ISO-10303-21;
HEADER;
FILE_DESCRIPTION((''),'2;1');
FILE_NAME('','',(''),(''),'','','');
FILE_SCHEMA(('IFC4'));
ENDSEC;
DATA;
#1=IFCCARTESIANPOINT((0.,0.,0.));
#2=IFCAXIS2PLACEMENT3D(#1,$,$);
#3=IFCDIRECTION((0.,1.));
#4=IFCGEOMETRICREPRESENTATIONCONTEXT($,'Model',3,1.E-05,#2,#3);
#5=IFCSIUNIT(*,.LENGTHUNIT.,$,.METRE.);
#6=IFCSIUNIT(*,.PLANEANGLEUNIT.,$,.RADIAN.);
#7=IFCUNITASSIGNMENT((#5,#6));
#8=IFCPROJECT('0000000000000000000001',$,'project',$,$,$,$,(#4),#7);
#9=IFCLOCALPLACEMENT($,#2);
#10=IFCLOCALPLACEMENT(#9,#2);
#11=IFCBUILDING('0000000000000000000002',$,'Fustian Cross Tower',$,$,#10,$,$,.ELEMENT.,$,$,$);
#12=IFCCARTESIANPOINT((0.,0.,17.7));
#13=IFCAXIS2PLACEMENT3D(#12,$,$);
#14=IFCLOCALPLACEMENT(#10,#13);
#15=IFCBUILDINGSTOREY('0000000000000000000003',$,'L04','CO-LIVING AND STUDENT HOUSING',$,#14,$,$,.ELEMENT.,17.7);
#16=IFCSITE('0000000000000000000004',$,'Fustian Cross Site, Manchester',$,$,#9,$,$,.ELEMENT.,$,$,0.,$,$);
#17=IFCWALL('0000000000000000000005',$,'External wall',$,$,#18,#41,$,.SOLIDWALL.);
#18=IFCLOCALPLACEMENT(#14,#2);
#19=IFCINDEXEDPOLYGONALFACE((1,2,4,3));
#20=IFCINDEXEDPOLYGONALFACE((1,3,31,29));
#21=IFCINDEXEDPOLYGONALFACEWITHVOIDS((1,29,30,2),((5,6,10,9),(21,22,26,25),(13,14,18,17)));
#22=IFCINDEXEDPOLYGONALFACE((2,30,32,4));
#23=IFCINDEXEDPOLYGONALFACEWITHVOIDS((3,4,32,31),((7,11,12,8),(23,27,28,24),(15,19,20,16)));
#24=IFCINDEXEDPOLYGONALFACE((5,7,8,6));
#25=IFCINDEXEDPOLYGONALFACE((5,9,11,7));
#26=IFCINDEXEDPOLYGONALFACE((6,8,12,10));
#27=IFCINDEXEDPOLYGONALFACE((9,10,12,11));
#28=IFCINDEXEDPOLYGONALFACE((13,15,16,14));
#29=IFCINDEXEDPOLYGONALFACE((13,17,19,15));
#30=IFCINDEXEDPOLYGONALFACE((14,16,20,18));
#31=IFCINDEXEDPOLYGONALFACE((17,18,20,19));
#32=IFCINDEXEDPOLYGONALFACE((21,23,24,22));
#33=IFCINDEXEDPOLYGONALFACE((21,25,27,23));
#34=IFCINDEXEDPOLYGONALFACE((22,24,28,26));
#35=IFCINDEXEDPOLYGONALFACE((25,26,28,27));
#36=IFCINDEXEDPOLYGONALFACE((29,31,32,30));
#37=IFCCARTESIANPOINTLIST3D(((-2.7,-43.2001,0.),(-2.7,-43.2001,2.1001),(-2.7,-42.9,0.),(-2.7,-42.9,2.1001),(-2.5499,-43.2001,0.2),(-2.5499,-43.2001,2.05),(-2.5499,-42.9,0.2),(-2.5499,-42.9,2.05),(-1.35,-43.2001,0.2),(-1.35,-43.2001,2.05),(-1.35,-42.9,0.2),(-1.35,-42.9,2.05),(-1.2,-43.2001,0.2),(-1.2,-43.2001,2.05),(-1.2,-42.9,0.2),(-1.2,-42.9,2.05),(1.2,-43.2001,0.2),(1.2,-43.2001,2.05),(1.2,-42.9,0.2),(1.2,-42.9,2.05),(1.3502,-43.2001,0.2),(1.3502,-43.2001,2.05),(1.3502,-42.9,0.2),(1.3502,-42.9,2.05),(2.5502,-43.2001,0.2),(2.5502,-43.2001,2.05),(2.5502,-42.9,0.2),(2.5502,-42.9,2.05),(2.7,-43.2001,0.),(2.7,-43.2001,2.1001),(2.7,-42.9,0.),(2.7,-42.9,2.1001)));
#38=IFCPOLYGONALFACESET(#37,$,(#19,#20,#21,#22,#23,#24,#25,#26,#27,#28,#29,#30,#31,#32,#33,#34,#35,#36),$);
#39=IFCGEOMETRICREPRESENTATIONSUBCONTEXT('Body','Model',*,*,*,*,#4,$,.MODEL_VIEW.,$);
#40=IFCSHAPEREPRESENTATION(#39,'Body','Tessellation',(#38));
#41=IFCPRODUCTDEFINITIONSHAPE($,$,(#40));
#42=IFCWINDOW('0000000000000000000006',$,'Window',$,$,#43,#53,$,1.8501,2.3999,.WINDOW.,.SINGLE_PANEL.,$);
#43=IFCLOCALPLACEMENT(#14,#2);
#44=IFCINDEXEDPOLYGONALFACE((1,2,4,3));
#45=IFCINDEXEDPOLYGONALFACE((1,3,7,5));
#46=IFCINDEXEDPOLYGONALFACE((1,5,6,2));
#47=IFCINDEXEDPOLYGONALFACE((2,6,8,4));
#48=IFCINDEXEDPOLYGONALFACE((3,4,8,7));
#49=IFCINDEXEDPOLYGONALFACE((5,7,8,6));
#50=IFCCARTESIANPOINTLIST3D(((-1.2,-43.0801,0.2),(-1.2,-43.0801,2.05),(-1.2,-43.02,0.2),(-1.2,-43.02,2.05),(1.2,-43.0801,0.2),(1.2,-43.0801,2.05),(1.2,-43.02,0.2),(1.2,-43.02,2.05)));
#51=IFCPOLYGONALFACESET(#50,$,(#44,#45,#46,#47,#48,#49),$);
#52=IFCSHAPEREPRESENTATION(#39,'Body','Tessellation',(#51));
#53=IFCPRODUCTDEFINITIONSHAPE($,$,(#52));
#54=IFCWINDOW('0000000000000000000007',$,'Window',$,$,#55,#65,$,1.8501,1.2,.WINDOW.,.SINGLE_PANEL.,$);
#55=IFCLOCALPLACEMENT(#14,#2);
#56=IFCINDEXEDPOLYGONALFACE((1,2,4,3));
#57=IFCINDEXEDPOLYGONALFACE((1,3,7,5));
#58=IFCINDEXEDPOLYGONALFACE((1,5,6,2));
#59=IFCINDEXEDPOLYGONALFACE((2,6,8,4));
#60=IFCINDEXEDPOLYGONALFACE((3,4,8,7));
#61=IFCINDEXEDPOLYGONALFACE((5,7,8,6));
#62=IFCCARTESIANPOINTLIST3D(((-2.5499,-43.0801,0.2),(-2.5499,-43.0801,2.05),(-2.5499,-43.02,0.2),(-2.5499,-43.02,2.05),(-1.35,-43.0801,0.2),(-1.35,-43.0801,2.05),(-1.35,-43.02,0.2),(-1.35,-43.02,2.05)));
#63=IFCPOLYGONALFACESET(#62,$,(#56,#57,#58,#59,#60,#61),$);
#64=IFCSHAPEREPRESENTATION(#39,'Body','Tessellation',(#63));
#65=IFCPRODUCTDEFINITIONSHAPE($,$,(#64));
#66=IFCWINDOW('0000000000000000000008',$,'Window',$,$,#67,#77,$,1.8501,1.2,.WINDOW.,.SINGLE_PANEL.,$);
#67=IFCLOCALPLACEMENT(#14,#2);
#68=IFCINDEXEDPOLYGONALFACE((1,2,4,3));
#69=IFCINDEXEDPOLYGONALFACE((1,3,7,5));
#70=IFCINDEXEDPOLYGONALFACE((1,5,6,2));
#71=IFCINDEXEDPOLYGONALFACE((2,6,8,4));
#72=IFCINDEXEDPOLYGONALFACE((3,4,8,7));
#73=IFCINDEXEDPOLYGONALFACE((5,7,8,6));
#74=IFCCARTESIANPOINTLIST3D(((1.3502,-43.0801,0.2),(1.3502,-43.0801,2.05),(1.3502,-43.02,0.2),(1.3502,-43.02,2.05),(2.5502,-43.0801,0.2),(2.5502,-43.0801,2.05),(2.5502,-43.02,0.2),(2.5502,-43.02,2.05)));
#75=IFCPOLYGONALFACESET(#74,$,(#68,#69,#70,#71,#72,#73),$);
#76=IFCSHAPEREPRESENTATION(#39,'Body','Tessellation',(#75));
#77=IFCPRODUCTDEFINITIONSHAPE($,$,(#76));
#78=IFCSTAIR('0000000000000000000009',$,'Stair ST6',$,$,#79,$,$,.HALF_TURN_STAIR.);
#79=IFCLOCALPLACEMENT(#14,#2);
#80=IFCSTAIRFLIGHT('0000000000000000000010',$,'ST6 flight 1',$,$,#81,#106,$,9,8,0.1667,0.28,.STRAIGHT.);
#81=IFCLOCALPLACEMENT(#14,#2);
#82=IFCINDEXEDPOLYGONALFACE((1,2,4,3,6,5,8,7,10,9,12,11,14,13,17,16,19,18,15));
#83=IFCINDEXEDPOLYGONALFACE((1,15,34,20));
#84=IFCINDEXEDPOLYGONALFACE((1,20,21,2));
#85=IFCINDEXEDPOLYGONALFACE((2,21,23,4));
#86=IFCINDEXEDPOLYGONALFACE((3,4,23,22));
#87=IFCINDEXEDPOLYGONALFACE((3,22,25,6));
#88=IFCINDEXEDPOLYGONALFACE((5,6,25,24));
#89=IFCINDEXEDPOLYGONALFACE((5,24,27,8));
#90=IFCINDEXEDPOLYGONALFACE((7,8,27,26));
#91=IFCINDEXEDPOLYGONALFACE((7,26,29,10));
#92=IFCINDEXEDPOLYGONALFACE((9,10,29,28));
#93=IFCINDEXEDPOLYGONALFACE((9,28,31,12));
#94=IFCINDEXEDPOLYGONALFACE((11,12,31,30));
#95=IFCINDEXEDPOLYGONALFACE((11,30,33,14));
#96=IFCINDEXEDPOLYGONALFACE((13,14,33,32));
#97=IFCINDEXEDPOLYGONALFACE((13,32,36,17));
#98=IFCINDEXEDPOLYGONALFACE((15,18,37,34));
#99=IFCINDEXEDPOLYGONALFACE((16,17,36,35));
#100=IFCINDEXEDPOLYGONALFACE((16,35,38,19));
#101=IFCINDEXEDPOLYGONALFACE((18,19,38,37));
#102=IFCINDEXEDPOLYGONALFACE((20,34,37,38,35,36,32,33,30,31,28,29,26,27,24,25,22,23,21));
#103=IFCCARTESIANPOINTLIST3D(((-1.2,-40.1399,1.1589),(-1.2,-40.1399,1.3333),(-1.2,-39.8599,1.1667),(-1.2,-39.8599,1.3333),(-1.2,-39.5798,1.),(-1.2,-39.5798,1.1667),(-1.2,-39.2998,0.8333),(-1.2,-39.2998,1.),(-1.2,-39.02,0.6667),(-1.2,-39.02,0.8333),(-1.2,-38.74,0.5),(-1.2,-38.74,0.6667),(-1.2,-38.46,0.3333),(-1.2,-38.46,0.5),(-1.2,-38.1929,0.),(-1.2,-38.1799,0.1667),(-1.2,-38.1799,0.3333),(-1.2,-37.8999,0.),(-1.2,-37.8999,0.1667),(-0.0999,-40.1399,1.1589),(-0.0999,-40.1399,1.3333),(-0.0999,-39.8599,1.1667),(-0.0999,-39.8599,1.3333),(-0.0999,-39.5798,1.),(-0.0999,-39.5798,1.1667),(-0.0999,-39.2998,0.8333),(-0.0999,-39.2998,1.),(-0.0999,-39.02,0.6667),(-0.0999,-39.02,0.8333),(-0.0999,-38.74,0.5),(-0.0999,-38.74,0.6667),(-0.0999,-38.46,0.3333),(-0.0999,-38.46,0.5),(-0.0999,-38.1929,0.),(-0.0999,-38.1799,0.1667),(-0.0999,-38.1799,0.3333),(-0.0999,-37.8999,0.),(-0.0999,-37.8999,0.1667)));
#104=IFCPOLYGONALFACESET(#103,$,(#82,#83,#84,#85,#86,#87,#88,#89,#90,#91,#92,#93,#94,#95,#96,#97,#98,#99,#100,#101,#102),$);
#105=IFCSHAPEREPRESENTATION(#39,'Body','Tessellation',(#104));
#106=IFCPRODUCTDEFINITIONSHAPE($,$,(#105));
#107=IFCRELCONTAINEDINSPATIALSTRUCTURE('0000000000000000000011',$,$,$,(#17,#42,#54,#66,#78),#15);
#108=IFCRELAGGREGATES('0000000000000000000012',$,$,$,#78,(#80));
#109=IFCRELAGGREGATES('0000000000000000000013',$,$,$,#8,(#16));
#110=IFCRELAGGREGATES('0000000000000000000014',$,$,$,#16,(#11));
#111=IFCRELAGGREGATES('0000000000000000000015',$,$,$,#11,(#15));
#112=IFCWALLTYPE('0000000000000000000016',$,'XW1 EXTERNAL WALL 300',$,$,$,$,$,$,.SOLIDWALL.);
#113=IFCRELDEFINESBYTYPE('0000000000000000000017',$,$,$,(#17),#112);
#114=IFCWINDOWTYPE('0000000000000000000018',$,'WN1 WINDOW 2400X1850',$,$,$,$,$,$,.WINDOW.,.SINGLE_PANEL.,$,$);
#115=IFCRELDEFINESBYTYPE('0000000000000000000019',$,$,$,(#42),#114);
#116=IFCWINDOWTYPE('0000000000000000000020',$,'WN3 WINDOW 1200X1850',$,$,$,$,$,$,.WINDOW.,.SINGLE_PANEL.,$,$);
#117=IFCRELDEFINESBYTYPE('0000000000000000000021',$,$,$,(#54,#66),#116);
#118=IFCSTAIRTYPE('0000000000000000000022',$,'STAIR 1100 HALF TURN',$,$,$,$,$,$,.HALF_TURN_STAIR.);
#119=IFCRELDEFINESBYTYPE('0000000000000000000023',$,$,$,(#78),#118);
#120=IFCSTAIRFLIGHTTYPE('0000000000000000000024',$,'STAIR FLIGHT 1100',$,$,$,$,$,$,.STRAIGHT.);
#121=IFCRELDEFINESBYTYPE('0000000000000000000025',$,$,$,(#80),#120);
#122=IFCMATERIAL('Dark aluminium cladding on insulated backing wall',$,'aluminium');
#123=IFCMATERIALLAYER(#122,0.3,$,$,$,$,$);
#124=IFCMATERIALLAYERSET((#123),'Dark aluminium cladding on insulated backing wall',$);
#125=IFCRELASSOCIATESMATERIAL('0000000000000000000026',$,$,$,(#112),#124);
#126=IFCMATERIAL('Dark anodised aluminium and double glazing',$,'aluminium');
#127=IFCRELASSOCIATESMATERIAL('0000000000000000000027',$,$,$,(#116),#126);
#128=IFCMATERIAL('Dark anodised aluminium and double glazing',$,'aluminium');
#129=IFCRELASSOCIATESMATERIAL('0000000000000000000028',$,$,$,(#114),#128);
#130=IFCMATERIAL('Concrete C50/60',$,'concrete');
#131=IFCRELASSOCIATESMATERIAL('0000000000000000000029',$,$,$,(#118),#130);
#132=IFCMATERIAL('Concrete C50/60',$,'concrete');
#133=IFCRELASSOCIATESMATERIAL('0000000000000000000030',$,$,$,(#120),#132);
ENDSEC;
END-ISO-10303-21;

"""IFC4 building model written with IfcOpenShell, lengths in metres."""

from ifc_helpers import new_model, si_unit, direction, frame, frame_2d, origin, place, context, subcontext, project, spatial, polyline, rectangle, outline, extrude, material, layer, layer_set, type_object, element, fill, aggregate, save


model = new_model("IFC4")

# Units and contexts
model_context = context("Model", 3, precision=1e-05, world=origin(), true_north=direction((0.0, 1.0)))
body_context = subcontext(model_context, "Body", "Model", "MODEL_VIEW")
ifc_project = project(units=[si_unit("LENGTHUNIT", "METRE"), si_unit("PLANEANGLEUNIT", "RADIAN")], contexts=[model_context])

# Site, building, storey
site_placement = place(None, origin())
site = spatial("IfcSite", under=ifc_project, at=site_placement, Name="Fustian Cross Site, Manchester", CompositionType="ELEMENT", RefElevation=0.0)
building_placement = place(site_placement, origin())
building = spatial("IfcBuilding", under=site, at=building_placement, Name="Fustian Cross Tower", CompositionType="ELEMENT")
storey_placement = place(building_placement, frame((0.0, 0.0, 17.7)))
storey = spatial("IfcBuildingStorey", under=building, at=storey_placement, Name="L04", Description="CO-LIVING AND STUDENT HOUSING", CompositionType="ELEMENT", Elevation=17.7)

# Shared definitions
ifc_material_1 = material(Name="Dark aluminium cladding on insulated backing wall", Category="aluminium")
ifc_layer_1 = layer(ifc_material_1, 0.3)
ifc_layer_set_1 = layer_set([ifc_layer_1], Name="Dark aluminium cladding on insulated backing wall")
wall_type_1 = type_object("IfcWallType", Name="XW1 EXTERNAL WALL 300", PredefinedType="SOLIDWALL", material=ifc_layer_set_1)

# Shared definitions
ifc_material_2 = material(Name="Dark anodised aluminium and double glazing", Category="aluminium")
window_type_1 = type_object("IfcWindowType", Name="WN3 WINDOW 1200X1850", PartitioningType="SINGLE_PANEL", PredefinedType="WINDOW", material=ifc_material_2)

# Wall, openings, windows
wall_1_placement = place(storey_placement, frame((-2.7, -43.05, 0.0), z_axis=(0.0, 0.0, 1.0), x_axis=(1.0, 0.0, 0.0)))
wall_1 = element("IfcWall", 1, at=wall_1_placement, inside=storey, type_object=wall_type_1, Name="External wall", PredefinedType="SOLIDWALL", context=body_context, shape_type="SweptSolid", body=[
    extrude(rectangle(XDim=5.3999, YDim=0.3, at=frame_2d((2.7, 0.0))), origin(), (0.0, 0.0, 1.0), 2.1001),
])
opening_1_placement = place(wall_1_placement, frame((1.5, 0.0, 0.2)))
opening_1 = element("IfcOpeningElement", 2, at=opening_1_placement, cuts=wall_1, PredefinedType="OPENING", context=body_context, shape_type="SweptSolid", body=[
    extrude(rectangle(XDim=2.3999, YDim=1.8501, at=frame_2d((1.2, 0.925))), frame((0.0, 0.1599, 0.0), z_axis=(0.0, -1.0, 0.0), x_axis=(1.0, 0.0, 0.0)), (0.0, 0.0, 1.0), 0.3201),
])
opening_2_placement = place(wall_1_placement, frame((0.1499, 0.0, 0.2)))
opening_2 = element("IfcOpeningElement", 3, at=opening_2_placement, cuts=wall_1, PredefinedType="OPENING", context=body_context, shape_type="SweptSolid", body=[
    extrude(rectangle(XDim=1.2, YDim=1.8501, at=frame_2d((0.6001, 0.925))), frame((0.0, 0.1599, 0.0), z_axis=(0.0, -1.0, 0.0), x_axis=(1.0, 0.0, 0.0)), (0.0, 0.0, 1.0), 0.3201),
])
opening_3_placement = place(wall_1_placement, frame((4.05, 0.0, 0.2)))
opening_3 = element("IfcOpeningElement", 4, at=opening_3_placement, cuts=wall_1, PredefinedType="OPENING", context=body_context, shape_type="SweptSolid", body=[
    extrude(rectangle(XDim=1.2, YDim=1.8501, at=frame_2d((0.6001, 0.925))), frame((0.0, 0.1599, 0.0), z_axis=(0.0, -1.0, 0.0), x_axis=(1.0, 0.0, 0.0)), (0.0, 0.0, 1.0), 0.3201),
])
ifc_material_3 = material(Name="Dark anodised aluminium and double glazing", Category="aluminium")
window_type_2 = type_object("IfcWindowType", Name="WN1 WINDOW 2400X1850", PartitioningType="SINGLE_PANEL", PredefinedType="WINDOW", material=ifc_material_3)
window_1_placement = place(opening_1_placement, origin())
window_1 = element("IfcWindow", 5, at=window_1_placement, inside=storey, type_object=window_type_2, Name="Window", OverallHeight=1.8501, OverallWidth=2.3999, PartitioningType="SINGLE_PANEL", PredefinedType="WINDOW", context=body_context, shape_type="SweptSolid", body=[
    extrude(rectangle(XDim=2.3999, YDim=1.8501, at=frame_2d((1.2, 0.925))), frame((0.0, 0.03, 0.0), z_axis=(0.0, -1.0, 0.0), x_axis=(1.0, 0.0, 0.0)), (0.0, 0.0, 1.0), 0.0601),
])
fill(opening_1, window_1)
window_2_placement = place(opening_2_placement, origin())
window_2 = element("IfcWindow", 6, at=window_2_placement, inside=storey, type_object=window_type_1, Name="Window", OverallHeight=1.8501, OverallWidth=1.2, PartitioningType="SINGLE_PANEL", PredefinedType="WINDOW", context=body_context, shape_type="SweptSolid", body=[
    extrude(rectangle(XDim=1.2, YDim=1.8501, at=frame_2d((0.6001, 0.925))), frame((0.0, 0.03, 0.0), z_axis=(0.0, -1.0, 0.0), x_axis=(1.0, 0.0, 0.0)), (0.0, 0.0, 1.0), 0.0601),
])
fill(opening_2, window_2)
window_3_placement = place(opening_3_placement, origin())
window_3 = element("IfcWindow", 7, at=window_3_placement, inside=storey, type_object=window_type_1, Name="Window", OverallHeight=1.8501, OverallWidth=1.2, PartitioningType="SINGLE_PANEL", PredefinedType="WINDOW", context=body_context, shape_type="SweptSolid", body=[
    extrude(rectangle(XDim=1.2, YDim=1.8501, at=frame_2d((0.6001, 0.925))), frame((0.0, 0.03, 0.0), z_axis=(0.0, -1.0, 0.0), x_axis=(1.0, 0.0, 0.0)), (0.0, 0.0, 1.0), 0.0601),
])
fill(opening_3, window_3)

# Stair, stair flight
ifc_material_4 = material(Name="Concrete C50/60", Category="concrete")
stair_type = type_object("IfcStairType", Name="STAIR 1100 HALF TURN", PredefinedType="HALF_TURN_STAIR", material=ifc_material_4)
stair_placement = place(storey_placement, origin())
stair = element("IfcStair", 8, at=stair_placement, inside=storey, type_object=stair_type, Name="Stair ST6", PredefinedType="HALF_TURN_STAIR")
ifc_material_5 = material(Name="Concrete C50/60", Category="concrete")
stair_flight_type = type_object("IfcStairFlightType", Name="STAIR FLIGHT 1100", PredefinedType="STRAIGHT", material=ifc_material_5)
stair_flight_placement = place(storey_placement, frame((-0.6499, -37.8999, 0.0), z_axis=(0.0, 0.0, 1.0), x_axis=(0.0, -1.0, 0.0)))
stair_flight = element("IfcStairFlight", 9, at=stair_flight_placement, type_object=stair_flight_type, Name="ST6 flight 1", NumberOfRisers=9, NumberOfTreads=8, PredefinedType="STRAIGHT", RiserHeight=0.1667, TreadLength=0.28, context=body_context, shape_type="SweptSolid", body=[
    extrude(outline(polyline([(0.0, 0.0), (0.0, 0.1667), (0.28, 0.1667), (0.28, 0.3333), (0.5601, 0.3333), (0.5601, 0.5), (0.8401, 0.5), (0.8401, 0.6667), (1.1201, 0.6667), (1.1201, 0.8333), (1.3999, 0.8333), (1.3999, 1.0), (1.6799, 1.0), (1.6799, 1.1667), (1.96, 1.1667), (1.96, 1.3333), (2.24, 1.3333), (2.24, 1.5), (2.24, 1.1589), (0.293, 0.0), (0.0, 0.0)])), frame((0.0, 0.55, 0.0), z_axis=(0.0, -1.0, 0.0), x_axis=(1.0, 0.0, 0.0)), (0.0, 0.0, 1.0), 1.1001),
])
aggregate(stair, [stair_flight])

save(model, "model.ifc")
